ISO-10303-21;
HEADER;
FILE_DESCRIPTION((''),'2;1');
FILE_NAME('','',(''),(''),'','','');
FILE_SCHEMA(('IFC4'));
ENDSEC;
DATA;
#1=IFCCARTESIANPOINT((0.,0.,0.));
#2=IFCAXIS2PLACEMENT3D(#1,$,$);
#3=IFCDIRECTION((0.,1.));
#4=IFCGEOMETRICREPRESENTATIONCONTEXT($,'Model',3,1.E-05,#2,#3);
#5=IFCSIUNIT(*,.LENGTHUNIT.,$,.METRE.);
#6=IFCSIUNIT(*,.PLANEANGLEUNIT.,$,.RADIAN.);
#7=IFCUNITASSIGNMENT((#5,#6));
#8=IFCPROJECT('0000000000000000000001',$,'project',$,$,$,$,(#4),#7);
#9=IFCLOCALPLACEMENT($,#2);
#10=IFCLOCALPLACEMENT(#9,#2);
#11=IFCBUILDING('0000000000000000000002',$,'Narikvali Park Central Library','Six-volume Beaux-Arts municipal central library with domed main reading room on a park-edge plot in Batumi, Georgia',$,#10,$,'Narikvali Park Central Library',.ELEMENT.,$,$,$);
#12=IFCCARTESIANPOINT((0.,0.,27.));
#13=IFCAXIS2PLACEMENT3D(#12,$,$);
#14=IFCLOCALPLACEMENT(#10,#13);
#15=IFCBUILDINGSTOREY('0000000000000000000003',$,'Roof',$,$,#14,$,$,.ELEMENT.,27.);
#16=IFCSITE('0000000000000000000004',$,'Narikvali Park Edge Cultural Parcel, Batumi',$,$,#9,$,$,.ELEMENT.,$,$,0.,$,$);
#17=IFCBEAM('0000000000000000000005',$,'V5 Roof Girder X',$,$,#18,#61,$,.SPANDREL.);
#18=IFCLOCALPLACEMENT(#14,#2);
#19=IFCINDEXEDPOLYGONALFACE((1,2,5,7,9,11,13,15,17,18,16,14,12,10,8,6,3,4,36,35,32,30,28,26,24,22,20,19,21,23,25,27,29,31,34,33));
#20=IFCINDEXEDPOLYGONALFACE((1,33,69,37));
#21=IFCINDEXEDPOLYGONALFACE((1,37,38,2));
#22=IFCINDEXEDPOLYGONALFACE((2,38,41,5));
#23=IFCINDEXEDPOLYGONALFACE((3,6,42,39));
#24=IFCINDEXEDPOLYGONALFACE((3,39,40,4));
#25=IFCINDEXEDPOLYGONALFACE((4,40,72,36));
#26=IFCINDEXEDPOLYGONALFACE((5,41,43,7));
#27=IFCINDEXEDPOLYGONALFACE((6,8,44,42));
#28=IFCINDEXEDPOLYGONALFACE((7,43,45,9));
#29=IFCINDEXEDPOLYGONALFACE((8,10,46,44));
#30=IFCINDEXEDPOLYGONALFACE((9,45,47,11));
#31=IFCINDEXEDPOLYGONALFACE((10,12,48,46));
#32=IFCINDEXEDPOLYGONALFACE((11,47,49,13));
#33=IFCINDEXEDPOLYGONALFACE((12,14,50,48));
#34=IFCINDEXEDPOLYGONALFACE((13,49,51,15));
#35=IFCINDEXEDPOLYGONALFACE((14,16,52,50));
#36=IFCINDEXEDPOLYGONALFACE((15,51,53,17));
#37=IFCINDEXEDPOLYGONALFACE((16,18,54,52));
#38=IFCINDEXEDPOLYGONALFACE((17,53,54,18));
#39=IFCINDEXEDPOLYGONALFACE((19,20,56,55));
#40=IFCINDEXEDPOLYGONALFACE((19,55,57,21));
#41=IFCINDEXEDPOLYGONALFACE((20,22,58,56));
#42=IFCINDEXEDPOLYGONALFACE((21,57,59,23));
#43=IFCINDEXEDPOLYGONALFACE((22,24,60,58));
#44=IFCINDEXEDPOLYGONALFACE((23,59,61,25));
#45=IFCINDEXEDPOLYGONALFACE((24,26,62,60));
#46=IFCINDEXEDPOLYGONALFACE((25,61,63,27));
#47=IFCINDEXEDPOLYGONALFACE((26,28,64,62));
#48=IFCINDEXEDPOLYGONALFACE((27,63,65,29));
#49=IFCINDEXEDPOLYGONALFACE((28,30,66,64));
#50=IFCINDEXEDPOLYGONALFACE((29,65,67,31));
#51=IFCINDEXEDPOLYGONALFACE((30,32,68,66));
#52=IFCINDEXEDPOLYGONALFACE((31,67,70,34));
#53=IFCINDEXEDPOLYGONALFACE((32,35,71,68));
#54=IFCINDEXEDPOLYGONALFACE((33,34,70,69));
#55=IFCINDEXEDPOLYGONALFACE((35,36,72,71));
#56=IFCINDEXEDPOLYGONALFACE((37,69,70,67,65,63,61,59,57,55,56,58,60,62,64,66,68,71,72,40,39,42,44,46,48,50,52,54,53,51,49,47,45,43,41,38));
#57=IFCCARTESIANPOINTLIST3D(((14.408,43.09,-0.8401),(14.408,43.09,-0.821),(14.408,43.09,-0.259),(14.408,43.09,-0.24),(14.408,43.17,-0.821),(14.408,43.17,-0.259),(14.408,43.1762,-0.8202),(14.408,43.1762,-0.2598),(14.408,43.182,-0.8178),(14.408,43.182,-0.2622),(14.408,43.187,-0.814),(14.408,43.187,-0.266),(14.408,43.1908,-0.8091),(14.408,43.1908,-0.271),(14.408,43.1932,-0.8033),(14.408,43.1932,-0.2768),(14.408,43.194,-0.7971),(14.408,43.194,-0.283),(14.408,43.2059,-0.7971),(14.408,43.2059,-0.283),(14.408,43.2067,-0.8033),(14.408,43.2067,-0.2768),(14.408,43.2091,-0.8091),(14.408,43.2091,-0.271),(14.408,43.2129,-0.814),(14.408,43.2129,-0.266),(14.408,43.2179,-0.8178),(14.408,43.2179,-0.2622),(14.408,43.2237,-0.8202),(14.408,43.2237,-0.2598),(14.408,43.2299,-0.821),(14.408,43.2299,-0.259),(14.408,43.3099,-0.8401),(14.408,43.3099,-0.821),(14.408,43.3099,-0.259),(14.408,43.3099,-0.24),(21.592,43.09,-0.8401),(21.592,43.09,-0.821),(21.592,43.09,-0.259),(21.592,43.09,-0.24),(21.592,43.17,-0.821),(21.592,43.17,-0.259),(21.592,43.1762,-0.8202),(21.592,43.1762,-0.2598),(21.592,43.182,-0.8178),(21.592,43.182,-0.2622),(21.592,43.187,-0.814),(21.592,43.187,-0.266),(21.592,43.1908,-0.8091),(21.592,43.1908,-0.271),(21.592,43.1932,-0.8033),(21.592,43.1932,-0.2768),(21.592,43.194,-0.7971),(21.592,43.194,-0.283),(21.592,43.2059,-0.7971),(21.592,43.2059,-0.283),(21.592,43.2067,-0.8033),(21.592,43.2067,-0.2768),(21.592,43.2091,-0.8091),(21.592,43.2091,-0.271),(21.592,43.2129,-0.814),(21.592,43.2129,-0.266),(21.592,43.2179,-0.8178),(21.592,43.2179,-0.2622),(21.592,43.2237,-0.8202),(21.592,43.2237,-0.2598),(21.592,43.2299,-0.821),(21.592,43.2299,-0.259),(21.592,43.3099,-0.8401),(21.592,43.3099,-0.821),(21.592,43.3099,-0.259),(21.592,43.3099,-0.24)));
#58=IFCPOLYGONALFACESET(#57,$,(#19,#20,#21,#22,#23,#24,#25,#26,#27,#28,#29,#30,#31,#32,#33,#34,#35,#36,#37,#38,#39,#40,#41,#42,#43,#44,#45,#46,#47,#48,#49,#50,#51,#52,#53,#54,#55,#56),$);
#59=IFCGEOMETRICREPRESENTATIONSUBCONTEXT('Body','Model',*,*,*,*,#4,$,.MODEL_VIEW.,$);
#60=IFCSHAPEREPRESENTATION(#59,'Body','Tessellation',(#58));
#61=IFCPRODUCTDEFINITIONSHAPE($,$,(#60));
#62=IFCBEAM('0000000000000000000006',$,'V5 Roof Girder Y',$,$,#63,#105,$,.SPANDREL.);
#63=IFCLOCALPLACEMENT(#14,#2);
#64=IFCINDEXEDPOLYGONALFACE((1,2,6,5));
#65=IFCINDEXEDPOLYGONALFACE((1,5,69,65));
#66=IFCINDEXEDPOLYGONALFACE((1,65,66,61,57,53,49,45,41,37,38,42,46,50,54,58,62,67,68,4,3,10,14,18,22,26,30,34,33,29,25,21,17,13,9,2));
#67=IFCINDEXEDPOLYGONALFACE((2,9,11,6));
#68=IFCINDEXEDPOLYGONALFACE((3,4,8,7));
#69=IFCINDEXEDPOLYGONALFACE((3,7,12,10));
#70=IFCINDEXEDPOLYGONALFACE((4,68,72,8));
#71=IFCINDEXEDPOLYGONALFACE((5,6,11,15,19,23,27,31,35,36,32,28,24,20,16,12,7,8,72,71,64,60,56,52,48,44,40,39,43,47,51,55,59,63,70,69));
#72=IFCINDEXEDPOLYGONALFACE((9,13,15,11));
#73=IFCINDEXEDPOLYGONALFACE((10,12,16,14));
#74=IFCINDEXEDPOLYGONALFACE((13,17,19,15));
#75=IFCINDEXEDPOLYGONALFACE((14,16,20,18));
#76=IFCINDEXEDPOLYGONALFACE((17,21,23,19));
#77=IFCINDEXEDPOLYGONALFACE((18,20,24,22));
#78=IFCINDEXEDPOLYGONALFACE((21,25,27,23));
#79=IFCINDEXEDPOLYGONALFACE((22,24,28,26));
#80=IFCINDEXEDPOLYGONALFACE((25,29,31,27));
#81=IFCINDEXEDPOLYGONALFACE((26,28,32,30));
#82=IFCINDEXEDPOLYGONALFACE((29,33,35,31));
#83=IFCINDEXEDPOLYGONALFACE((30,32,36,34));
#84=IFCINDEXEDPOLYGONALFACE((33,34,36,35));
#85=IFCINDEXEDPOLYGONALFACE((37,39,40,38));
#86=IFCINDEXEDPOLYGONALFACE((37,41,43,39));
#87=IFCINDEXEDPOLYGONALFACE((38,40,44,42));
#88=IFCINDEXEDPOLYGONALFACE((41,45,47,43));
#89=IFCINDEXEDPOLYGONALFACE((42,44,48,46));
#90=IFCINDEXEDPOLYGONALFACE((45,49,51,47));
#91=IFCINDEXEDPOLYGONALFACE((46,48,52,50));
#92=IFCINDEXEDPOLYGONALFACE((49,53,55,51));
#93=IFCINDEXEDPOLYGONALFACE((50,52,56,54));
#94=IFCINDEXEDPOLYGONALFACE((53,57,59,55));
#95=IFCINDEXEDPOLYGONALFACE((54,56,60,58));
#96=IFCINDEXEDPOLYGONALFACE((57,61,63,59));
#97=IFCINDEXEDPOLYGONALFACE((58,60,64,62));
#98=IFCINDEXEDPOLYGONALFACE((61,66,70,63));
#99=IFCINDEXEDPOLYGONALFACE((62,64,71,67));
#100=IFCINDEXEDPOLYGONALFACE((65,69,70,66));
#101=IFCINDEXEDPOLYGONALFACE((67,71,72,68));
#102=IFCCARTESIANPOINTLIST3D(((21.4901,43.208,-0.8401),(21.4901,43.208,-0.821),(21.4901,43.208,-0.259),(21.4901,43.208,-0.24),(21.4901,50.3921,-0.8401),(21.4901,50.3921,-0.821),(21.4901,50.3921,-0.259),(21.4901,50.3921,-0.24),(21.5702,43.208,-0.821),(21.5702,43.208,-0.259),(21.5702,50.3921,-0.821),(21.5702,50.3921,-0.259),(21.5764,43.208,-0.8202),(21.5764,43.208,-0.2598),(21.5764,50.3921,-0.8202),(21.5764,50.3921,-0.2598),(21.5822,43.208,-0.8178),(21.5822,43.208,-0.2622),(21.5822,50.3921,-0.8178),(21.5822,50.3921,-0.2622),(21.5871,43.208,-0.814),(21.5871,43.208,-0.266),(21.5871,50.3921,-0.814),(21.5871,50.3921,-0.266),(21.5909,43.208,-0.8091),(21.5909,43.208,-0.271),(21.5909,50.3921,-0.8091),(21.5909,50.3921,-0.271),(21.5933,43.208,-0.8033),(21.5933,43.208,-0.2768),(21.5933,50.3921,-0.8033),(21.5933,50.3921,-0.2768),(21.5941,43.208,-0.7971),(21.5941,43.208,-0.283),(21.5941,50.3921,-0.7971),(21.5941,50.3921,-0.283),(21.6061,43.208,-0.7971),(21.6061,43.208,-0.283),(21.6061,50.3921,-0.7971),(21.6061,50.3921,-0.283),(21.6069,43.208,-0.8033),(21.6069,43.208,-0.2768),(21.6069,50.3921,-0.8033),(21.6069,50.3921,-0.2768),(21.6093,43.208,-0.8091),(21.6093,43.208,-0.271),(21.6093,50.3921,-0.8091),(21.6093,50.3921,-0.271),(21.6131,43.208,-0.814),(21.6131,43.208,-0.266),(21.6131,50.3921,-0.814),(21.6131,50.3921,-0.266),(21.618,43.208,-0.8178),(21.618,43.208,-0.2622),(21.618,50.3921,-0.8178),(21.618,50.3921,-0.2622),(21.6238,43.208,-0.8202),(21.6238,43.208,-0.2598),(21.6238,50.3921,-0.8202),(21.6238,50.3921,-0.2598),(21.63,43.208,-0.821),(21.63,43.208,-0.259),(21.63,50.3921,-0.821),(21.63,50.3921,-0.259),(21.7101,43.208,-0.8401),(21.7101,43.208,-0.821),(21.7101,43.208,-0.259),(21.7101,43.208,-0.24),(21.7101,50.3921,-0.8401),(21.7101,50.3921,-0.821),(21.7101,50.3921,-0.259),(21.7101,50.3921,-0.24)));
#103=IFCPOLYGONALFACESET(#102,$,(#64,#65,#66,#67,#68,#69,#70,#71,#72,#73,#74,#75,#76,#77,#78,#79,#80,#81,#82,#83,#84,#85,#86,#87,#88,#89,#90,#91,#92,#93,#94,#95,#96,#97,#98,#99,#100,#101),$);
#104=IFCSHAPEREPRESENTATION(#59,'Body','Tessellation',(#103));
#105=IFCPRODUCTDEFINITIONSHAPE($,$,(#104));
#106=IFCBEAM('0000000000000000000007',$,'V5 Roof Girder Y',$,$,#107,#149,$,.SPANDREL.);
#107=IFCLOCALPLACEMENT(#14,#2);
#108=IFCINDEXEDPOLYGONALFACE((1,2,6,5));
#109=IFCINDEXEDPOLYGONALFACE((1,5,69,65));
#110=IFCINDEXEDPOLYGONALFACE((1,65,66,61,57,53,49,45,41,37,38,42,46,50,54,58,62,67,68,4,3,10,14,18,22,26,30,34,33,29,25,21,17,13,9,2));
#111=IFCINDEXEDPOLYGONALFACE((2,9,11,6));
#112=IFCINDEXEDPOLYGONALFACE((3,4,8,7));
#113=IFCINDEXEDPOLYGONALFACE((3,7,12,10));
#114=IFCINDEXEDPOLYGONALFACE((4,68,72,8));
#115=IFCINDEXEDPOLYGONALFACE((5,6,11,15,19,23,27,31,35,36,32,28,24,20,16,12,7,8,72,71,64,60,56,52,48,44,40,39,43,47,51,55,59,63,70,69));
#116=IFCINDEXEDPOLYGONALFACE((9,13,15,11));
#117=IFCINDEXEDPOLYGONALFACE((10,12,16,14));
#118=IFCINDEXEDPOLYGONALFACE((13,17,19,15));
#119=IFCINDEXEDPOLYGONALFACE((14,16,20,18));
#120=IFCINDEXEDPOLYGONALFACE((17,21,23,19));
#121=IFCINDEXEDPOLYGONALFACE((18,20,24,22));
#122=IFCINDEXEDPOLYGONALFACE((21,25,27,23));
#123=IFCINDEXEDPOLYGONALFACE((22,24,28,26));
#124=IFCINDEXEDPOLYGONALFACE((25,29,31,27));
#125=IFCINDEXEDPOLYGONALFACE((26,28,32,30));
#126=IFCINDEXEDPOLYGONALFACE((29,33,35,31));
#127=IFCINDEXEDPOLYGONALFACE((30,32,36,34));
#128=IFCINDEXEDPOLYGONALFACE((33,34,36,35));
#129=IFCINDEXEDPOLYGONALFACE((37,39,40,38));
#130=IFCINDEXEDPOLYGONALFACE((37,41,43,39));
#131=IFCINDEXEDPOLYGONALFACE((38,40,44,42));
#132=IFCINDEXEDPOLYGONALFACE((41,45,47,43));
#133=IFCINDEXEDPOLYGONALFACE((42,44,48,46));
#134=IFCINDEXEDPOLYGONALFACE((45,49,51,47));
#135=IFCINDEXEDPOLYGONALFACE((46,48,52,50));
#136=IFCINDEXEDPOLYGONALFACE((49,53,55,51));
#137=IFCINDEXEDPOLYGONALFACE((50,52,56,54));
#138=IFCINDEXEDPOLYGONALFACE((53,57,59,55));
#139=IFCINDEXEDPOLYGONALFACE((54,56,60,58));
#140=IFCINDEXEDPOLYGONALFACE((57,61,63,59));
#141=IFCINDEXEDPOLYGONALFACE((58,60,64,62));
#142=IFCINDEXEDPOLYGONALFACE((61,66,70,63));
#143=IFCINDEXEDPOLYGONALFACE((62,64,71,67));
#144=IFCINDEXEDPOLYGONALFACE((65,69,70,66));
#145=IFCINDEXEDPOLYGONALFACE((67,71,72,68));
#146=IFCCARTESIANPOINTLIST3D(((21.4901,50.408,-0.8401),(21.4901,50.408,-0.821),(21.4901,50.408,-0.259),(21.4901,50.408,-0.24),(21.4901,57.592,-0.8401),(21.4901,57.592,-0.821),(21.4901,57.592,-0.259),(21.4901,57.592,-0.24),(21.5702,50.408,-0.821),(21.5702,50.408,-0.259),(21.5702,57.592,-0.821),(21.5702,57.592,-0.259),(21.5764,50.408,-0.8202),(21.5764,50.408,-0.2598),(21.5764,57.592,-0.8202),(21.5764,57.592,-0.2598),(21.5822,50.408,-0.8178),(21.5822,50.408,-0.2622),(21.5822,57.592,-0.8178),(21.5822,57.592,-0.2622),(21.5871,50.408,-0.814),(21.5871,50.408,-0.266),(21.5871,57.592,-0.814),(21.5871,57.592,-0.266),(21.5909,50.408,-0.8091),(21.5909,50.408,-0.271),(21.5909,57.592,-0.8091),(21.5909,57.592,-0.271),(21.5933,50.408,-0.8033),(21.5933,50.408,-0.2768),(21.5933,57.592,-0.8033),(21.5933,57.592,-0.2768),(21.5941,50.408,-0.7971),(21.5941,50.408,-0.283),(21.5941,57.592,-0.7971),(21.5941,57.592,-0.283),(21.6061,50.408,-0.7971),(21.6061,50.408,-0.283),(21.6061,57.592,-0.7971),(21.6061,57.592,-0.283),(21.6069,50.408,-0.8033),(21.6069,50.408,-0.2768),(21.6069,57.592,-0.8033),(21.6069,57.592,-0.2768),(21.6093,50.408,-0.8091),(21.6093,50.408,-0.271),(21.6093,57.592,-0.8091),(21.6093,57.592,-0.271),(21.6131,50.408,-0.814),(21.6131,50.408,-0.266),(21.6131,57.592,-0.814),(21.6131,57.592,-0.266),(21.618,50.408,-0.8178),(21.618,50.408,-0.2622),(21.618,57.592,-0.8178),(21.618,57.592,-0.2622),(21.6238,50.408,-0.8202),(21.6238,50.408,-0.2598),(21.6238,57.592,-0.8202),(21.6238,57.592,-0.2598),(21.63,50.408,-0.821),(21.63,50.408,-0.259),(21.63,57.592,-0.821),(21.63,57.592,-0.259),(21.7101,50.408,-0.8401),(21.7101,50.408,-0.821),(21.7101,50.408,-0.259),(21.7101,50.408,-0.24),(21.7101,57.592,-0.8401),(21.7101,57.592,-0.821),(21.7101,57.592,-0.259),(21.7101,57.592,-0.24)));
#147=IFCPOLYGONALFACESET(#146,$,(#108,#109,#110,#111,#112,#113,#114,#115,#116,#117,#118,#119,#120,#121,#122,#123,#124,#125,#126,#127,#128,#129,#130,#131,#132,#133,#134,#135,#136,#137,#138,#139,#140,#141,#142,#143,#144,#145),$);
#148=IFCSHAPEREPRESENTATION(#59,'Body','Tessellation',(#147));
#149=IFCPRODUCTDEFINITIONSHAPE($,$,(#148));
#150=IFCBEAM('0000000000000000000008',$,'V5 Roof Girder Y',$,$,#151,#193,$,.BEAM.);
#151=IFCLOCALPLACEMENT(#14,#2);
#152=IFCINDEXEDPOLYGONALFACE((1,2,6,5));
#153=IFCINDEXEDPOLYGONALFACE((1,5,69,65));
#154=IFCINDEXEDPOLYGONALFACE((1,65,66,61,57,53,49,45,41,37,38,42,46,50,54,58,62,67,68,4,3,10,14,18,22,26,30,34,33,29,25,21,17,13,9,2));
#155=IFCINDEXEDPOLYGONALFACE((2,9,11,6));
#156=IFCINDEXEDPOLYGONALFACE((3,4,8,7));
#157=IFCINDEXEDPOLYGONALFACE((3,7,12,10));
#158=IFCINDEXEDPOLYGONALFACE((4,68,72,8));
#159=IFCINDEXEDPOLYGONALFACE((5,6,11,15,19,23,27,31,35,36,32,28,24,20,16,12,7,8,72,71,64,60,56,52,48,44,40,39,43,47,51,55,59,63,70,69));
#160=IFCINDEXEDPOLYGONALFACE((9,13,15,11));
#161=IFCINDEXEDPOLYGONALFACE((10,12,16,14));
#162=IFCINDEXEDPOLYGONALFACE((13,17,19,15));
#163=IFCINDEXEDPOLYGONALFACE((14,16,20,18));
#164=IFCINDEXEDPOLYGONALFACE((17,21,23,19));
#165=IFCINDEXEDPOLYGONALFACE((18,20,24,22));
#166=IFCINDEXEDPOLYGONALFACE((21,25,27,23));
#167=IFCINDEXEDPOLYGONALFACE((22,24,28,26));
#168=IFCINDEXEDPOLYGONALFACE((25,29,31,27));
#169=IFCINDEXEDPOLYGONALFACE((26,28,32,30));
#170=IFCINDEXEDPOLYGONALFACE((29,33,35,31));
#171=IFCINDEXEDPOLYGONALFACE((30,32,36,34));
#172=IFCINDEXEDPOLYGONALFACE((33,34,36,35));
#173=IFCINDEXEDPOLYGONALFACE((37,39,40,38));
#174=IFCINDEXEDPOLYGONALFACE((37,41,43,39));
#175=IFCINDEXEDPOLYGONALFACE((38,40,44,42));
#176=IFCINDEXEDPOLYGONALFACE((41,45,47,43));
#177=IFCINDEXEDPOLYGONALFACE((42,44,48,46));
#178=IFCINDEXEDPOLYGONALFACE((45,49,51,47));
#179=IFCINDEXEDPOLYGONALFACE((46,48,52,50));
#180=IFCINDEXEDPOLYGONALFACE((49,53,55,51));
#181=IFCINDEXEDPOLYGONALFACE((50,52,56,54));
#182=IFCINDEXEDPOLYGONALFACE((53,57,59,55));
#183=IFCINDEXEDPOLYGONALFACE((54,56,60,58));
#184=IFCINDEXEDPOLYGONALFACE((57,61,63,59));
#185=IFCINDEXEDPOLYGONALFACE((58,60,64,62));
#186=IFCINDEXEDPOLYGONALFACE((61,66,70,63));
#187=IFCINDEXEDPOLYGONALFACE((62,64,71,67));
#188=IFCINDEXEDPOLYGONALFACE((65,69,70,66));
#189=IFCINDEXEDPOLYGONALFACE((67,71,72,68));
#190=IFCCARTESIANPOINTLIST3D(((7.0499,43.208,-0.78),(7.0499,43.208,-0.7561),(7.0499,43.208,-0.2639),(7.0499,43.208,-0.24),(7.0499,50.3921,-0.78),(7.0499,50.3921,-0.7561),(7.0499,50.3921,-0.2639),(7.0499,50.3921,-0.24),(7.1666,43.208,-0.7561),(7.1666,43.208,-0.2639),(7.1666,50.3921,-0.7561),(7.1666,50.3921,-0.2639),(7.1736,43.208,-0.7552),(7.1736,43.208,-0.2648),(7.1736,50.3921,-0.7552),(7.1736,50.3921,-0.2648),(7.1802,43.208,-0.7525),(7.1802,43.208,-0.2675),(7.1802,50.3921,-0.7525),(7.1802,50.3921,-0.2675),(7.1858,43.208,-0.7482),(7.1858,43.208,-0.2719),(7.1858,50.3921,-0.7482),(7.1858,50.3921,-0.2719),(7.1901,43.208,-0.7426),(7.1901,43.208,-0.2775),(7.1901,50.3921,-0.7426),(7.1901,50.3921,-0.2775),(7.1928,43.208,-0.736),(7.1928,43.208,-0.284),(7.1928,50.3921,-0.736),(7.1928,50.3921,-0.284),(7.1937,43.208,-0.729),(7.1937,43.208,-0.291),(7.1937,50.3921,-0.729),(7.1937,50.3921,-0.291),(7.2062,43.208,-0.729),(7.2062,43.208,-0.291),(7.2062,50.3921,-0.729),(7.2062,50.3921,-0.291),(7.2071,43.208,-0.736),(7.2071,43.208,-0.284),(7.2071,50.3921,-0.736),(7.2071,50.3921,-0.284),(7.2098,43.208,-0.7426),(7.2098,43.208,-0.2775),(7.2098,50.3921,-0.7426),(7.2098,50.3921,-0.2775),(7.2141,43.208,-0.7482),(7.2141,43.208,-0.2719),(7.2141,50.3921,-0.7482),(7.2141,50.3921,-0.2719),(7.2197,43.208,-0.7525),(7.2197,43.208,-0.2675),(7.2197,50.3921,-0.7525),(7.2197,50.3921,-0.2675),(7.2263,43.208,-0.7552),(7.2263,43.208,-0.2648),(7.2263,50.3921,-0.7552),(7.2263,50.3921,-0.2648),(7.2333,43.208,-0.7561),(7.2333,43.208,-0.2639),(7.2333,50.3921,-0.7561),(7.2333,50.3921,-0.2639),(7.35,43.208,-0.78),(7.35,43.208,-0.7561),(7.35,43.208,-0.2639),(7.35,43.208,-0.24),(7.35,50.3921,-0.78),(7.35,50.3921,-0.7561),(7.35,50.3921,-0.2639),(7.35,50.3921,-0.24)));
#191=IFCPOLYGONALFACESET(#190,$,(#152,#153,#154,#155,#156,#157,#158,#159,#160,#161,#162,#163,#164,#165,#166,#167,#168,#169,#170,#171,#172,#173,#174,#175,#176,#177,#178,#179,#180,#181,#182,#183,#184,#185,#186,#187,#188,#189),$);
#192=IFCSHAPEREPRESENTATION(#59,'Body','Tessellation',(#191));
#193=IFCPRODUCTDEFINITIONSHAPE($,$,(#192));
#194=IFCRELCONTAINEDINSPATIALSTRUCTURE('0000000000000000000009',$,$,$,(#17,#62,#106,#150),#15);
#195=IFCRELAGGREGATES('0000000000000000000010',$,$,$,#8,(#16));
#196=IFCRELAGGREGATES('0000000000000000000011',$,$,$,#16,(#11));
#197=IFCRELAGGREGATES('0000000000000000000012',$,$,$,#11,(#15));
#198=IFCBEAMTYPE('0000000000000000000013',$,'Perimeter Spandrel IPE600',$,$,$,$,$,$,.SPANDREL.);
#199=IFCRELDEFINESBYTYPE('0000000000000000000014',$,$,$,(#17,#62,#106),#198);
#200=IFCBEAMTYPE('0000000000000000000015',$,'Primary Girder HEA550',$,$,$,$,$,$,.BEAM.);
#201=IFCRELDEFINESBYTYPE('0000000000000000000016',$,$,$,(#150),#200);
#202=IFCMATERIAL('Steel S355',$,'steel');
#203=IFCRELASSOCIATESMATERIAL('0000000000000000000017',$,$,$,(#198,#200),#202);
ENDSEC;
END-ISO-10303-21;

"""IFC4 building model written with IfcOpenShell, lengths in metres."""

from ifc_helpers import new_model, si_unit, direction, frame, origin, origin_2d, place, context, subcontext, project, spatial, i_section, extrude, material, material_profile, profile_set, type_object, element, save


model = new_model("IFC4")

# Units and contexts
model_context = context("Model", 3, precision=1e-05, world=origin(), true_north=direction((0.0, 1.0)))
body_context = subcontext(model_context, "Body", "Model", "MODEL_VIEW")
ifc_project = project(units=[si_unit("LENGTHUNIT", "METRE"), si_unit("PLANEANGLEUNIT", "RADIAN")], contexts=[model_context])

# Site, building, storey
site_placement = place(None, origin())
site = spatial("IfcSite", under=ifc_project, at=site_placement, Name="Narikvali Park Edge Cultural Parcel, Batumi", CompositionType="ELEMENT", RefElevation=0.0)
building_placement = place(site_placement, origin())
building = spatial("IfcBuilding", under=site, at=building_placement, Name="Narikvali Park Central Library", Description="Six-volume Beaux-Arts municipal central library with domed main reading room on a park-edge plot in Batumi, Georgia", LongName="Narikvali Park Central Library", CompositionType="ELEMENT")
storey_placement = place(building_placement, frame((0.0, 0.0, 27.0)))
storey = spatial("IfcBuildingStorey", under=building, at=storey_placement, Name="Roof", CompositionType="ELEMENT", Elevation=27.0)

# Beams
ifc_material_1 = material(Name="Steel S355", Category="steel")
ifc_material_profile_1 = material_profile(ifc_material_1, i_section(OverallWidth=0.22, OverallDepth=0.6001, WebThickness=0.012, FlangeThickness=0.019, FilletRadius=0.0239, at=origin_2d()), Name="IPE 600")
ifc_profile_set_1 = profile_set([ifc_material_profile_1], Name="Steel S355")
beam_type_1 = type_object("IfcBeamType", Name="Perimeter Spandrel IPE600", PredefinedType="SPANDREL", material=ifc_profile_set_1)
for number, where, z_axis, x_axis, name in (
    (1, (14.408, 43.2, -0.54), (1.0, 0.0, 0.0), (0.0, 1.0, 0.0), "V5 Roof Girder X"),
    (2, (21.6001, 43.208, -0.54), (0.0, 1.0, 0.0), (-1.0, 0.0, 0.0), "V5 Roof Girder Y"),
    (3, (21.6001, 50.408, -0.54), (0.0, 1.0, 0.0), (-1.0, 0.0, 0.0), "V5 Roof Girder Y"),
):
    element("IfcBeam", number, at=place(storey_placement, frame(where, z_axis=z_axis, x_axis=x_axis)), inside=storey, type_object=beam_type_1, Name=name, PredefinedType="SPANDREL", context=body_context, shape_type="SweptSolid", body=[
        extrude(i_section(OverallWidth=0.22, OverallDepth=0.6001, WebThickness=0.012, FlangeThickness=0.019, FilletRadius=0.0239, at=origin_2d()), origin(), (0.0, 0.0, 1.0), 7.1841),
    ])
ifc_material_profile_2 = material_profile(ifc_material_1, i_section(OverallWidth=0.3, OverallDepth=0.54, WebThickness=0.0125, FlangeThickness=0.0239, FilletRadius=0.0271, at=origin_2d()), Name="HEA 550")
ifc_profile_set_2 = profile_set([ifc_material_profile_2], Name="Steel S355")
beam_type_2 = type_object("IfcBeamType", Name="Primary Girder HEA550", PredefinedType="BEAM", material=ifc_profile_set_2)
for number, where, z_axis, x_axis, name in (
    (4, (7.2, 43.208, -0.51), (0.0, 1.0, 0.0), (-1.0, 0.0, 0.0), "V5 Roof Girder Y"),
):
    element("IfcBeam", number, at=place(storey_placement, frame(where, z_axis=z_axis, x_axis=x_axis)), inside=storey, type_object=beam_type_2, Name=name, PredefinedType="BEAM", context=body_context, shape_type="SweptSolid", body=[
        extrude(i_section(OverallWidth=0.3, OverallDepth=0.54, WebThickness=0.0125, FlangeThickness=0.0239, FilletRadius=0.0271, at=origin_2d()), origin(), (0.0, 0.0, 1.0), 7.1841),
    ])

save(model, "model.ifc")
